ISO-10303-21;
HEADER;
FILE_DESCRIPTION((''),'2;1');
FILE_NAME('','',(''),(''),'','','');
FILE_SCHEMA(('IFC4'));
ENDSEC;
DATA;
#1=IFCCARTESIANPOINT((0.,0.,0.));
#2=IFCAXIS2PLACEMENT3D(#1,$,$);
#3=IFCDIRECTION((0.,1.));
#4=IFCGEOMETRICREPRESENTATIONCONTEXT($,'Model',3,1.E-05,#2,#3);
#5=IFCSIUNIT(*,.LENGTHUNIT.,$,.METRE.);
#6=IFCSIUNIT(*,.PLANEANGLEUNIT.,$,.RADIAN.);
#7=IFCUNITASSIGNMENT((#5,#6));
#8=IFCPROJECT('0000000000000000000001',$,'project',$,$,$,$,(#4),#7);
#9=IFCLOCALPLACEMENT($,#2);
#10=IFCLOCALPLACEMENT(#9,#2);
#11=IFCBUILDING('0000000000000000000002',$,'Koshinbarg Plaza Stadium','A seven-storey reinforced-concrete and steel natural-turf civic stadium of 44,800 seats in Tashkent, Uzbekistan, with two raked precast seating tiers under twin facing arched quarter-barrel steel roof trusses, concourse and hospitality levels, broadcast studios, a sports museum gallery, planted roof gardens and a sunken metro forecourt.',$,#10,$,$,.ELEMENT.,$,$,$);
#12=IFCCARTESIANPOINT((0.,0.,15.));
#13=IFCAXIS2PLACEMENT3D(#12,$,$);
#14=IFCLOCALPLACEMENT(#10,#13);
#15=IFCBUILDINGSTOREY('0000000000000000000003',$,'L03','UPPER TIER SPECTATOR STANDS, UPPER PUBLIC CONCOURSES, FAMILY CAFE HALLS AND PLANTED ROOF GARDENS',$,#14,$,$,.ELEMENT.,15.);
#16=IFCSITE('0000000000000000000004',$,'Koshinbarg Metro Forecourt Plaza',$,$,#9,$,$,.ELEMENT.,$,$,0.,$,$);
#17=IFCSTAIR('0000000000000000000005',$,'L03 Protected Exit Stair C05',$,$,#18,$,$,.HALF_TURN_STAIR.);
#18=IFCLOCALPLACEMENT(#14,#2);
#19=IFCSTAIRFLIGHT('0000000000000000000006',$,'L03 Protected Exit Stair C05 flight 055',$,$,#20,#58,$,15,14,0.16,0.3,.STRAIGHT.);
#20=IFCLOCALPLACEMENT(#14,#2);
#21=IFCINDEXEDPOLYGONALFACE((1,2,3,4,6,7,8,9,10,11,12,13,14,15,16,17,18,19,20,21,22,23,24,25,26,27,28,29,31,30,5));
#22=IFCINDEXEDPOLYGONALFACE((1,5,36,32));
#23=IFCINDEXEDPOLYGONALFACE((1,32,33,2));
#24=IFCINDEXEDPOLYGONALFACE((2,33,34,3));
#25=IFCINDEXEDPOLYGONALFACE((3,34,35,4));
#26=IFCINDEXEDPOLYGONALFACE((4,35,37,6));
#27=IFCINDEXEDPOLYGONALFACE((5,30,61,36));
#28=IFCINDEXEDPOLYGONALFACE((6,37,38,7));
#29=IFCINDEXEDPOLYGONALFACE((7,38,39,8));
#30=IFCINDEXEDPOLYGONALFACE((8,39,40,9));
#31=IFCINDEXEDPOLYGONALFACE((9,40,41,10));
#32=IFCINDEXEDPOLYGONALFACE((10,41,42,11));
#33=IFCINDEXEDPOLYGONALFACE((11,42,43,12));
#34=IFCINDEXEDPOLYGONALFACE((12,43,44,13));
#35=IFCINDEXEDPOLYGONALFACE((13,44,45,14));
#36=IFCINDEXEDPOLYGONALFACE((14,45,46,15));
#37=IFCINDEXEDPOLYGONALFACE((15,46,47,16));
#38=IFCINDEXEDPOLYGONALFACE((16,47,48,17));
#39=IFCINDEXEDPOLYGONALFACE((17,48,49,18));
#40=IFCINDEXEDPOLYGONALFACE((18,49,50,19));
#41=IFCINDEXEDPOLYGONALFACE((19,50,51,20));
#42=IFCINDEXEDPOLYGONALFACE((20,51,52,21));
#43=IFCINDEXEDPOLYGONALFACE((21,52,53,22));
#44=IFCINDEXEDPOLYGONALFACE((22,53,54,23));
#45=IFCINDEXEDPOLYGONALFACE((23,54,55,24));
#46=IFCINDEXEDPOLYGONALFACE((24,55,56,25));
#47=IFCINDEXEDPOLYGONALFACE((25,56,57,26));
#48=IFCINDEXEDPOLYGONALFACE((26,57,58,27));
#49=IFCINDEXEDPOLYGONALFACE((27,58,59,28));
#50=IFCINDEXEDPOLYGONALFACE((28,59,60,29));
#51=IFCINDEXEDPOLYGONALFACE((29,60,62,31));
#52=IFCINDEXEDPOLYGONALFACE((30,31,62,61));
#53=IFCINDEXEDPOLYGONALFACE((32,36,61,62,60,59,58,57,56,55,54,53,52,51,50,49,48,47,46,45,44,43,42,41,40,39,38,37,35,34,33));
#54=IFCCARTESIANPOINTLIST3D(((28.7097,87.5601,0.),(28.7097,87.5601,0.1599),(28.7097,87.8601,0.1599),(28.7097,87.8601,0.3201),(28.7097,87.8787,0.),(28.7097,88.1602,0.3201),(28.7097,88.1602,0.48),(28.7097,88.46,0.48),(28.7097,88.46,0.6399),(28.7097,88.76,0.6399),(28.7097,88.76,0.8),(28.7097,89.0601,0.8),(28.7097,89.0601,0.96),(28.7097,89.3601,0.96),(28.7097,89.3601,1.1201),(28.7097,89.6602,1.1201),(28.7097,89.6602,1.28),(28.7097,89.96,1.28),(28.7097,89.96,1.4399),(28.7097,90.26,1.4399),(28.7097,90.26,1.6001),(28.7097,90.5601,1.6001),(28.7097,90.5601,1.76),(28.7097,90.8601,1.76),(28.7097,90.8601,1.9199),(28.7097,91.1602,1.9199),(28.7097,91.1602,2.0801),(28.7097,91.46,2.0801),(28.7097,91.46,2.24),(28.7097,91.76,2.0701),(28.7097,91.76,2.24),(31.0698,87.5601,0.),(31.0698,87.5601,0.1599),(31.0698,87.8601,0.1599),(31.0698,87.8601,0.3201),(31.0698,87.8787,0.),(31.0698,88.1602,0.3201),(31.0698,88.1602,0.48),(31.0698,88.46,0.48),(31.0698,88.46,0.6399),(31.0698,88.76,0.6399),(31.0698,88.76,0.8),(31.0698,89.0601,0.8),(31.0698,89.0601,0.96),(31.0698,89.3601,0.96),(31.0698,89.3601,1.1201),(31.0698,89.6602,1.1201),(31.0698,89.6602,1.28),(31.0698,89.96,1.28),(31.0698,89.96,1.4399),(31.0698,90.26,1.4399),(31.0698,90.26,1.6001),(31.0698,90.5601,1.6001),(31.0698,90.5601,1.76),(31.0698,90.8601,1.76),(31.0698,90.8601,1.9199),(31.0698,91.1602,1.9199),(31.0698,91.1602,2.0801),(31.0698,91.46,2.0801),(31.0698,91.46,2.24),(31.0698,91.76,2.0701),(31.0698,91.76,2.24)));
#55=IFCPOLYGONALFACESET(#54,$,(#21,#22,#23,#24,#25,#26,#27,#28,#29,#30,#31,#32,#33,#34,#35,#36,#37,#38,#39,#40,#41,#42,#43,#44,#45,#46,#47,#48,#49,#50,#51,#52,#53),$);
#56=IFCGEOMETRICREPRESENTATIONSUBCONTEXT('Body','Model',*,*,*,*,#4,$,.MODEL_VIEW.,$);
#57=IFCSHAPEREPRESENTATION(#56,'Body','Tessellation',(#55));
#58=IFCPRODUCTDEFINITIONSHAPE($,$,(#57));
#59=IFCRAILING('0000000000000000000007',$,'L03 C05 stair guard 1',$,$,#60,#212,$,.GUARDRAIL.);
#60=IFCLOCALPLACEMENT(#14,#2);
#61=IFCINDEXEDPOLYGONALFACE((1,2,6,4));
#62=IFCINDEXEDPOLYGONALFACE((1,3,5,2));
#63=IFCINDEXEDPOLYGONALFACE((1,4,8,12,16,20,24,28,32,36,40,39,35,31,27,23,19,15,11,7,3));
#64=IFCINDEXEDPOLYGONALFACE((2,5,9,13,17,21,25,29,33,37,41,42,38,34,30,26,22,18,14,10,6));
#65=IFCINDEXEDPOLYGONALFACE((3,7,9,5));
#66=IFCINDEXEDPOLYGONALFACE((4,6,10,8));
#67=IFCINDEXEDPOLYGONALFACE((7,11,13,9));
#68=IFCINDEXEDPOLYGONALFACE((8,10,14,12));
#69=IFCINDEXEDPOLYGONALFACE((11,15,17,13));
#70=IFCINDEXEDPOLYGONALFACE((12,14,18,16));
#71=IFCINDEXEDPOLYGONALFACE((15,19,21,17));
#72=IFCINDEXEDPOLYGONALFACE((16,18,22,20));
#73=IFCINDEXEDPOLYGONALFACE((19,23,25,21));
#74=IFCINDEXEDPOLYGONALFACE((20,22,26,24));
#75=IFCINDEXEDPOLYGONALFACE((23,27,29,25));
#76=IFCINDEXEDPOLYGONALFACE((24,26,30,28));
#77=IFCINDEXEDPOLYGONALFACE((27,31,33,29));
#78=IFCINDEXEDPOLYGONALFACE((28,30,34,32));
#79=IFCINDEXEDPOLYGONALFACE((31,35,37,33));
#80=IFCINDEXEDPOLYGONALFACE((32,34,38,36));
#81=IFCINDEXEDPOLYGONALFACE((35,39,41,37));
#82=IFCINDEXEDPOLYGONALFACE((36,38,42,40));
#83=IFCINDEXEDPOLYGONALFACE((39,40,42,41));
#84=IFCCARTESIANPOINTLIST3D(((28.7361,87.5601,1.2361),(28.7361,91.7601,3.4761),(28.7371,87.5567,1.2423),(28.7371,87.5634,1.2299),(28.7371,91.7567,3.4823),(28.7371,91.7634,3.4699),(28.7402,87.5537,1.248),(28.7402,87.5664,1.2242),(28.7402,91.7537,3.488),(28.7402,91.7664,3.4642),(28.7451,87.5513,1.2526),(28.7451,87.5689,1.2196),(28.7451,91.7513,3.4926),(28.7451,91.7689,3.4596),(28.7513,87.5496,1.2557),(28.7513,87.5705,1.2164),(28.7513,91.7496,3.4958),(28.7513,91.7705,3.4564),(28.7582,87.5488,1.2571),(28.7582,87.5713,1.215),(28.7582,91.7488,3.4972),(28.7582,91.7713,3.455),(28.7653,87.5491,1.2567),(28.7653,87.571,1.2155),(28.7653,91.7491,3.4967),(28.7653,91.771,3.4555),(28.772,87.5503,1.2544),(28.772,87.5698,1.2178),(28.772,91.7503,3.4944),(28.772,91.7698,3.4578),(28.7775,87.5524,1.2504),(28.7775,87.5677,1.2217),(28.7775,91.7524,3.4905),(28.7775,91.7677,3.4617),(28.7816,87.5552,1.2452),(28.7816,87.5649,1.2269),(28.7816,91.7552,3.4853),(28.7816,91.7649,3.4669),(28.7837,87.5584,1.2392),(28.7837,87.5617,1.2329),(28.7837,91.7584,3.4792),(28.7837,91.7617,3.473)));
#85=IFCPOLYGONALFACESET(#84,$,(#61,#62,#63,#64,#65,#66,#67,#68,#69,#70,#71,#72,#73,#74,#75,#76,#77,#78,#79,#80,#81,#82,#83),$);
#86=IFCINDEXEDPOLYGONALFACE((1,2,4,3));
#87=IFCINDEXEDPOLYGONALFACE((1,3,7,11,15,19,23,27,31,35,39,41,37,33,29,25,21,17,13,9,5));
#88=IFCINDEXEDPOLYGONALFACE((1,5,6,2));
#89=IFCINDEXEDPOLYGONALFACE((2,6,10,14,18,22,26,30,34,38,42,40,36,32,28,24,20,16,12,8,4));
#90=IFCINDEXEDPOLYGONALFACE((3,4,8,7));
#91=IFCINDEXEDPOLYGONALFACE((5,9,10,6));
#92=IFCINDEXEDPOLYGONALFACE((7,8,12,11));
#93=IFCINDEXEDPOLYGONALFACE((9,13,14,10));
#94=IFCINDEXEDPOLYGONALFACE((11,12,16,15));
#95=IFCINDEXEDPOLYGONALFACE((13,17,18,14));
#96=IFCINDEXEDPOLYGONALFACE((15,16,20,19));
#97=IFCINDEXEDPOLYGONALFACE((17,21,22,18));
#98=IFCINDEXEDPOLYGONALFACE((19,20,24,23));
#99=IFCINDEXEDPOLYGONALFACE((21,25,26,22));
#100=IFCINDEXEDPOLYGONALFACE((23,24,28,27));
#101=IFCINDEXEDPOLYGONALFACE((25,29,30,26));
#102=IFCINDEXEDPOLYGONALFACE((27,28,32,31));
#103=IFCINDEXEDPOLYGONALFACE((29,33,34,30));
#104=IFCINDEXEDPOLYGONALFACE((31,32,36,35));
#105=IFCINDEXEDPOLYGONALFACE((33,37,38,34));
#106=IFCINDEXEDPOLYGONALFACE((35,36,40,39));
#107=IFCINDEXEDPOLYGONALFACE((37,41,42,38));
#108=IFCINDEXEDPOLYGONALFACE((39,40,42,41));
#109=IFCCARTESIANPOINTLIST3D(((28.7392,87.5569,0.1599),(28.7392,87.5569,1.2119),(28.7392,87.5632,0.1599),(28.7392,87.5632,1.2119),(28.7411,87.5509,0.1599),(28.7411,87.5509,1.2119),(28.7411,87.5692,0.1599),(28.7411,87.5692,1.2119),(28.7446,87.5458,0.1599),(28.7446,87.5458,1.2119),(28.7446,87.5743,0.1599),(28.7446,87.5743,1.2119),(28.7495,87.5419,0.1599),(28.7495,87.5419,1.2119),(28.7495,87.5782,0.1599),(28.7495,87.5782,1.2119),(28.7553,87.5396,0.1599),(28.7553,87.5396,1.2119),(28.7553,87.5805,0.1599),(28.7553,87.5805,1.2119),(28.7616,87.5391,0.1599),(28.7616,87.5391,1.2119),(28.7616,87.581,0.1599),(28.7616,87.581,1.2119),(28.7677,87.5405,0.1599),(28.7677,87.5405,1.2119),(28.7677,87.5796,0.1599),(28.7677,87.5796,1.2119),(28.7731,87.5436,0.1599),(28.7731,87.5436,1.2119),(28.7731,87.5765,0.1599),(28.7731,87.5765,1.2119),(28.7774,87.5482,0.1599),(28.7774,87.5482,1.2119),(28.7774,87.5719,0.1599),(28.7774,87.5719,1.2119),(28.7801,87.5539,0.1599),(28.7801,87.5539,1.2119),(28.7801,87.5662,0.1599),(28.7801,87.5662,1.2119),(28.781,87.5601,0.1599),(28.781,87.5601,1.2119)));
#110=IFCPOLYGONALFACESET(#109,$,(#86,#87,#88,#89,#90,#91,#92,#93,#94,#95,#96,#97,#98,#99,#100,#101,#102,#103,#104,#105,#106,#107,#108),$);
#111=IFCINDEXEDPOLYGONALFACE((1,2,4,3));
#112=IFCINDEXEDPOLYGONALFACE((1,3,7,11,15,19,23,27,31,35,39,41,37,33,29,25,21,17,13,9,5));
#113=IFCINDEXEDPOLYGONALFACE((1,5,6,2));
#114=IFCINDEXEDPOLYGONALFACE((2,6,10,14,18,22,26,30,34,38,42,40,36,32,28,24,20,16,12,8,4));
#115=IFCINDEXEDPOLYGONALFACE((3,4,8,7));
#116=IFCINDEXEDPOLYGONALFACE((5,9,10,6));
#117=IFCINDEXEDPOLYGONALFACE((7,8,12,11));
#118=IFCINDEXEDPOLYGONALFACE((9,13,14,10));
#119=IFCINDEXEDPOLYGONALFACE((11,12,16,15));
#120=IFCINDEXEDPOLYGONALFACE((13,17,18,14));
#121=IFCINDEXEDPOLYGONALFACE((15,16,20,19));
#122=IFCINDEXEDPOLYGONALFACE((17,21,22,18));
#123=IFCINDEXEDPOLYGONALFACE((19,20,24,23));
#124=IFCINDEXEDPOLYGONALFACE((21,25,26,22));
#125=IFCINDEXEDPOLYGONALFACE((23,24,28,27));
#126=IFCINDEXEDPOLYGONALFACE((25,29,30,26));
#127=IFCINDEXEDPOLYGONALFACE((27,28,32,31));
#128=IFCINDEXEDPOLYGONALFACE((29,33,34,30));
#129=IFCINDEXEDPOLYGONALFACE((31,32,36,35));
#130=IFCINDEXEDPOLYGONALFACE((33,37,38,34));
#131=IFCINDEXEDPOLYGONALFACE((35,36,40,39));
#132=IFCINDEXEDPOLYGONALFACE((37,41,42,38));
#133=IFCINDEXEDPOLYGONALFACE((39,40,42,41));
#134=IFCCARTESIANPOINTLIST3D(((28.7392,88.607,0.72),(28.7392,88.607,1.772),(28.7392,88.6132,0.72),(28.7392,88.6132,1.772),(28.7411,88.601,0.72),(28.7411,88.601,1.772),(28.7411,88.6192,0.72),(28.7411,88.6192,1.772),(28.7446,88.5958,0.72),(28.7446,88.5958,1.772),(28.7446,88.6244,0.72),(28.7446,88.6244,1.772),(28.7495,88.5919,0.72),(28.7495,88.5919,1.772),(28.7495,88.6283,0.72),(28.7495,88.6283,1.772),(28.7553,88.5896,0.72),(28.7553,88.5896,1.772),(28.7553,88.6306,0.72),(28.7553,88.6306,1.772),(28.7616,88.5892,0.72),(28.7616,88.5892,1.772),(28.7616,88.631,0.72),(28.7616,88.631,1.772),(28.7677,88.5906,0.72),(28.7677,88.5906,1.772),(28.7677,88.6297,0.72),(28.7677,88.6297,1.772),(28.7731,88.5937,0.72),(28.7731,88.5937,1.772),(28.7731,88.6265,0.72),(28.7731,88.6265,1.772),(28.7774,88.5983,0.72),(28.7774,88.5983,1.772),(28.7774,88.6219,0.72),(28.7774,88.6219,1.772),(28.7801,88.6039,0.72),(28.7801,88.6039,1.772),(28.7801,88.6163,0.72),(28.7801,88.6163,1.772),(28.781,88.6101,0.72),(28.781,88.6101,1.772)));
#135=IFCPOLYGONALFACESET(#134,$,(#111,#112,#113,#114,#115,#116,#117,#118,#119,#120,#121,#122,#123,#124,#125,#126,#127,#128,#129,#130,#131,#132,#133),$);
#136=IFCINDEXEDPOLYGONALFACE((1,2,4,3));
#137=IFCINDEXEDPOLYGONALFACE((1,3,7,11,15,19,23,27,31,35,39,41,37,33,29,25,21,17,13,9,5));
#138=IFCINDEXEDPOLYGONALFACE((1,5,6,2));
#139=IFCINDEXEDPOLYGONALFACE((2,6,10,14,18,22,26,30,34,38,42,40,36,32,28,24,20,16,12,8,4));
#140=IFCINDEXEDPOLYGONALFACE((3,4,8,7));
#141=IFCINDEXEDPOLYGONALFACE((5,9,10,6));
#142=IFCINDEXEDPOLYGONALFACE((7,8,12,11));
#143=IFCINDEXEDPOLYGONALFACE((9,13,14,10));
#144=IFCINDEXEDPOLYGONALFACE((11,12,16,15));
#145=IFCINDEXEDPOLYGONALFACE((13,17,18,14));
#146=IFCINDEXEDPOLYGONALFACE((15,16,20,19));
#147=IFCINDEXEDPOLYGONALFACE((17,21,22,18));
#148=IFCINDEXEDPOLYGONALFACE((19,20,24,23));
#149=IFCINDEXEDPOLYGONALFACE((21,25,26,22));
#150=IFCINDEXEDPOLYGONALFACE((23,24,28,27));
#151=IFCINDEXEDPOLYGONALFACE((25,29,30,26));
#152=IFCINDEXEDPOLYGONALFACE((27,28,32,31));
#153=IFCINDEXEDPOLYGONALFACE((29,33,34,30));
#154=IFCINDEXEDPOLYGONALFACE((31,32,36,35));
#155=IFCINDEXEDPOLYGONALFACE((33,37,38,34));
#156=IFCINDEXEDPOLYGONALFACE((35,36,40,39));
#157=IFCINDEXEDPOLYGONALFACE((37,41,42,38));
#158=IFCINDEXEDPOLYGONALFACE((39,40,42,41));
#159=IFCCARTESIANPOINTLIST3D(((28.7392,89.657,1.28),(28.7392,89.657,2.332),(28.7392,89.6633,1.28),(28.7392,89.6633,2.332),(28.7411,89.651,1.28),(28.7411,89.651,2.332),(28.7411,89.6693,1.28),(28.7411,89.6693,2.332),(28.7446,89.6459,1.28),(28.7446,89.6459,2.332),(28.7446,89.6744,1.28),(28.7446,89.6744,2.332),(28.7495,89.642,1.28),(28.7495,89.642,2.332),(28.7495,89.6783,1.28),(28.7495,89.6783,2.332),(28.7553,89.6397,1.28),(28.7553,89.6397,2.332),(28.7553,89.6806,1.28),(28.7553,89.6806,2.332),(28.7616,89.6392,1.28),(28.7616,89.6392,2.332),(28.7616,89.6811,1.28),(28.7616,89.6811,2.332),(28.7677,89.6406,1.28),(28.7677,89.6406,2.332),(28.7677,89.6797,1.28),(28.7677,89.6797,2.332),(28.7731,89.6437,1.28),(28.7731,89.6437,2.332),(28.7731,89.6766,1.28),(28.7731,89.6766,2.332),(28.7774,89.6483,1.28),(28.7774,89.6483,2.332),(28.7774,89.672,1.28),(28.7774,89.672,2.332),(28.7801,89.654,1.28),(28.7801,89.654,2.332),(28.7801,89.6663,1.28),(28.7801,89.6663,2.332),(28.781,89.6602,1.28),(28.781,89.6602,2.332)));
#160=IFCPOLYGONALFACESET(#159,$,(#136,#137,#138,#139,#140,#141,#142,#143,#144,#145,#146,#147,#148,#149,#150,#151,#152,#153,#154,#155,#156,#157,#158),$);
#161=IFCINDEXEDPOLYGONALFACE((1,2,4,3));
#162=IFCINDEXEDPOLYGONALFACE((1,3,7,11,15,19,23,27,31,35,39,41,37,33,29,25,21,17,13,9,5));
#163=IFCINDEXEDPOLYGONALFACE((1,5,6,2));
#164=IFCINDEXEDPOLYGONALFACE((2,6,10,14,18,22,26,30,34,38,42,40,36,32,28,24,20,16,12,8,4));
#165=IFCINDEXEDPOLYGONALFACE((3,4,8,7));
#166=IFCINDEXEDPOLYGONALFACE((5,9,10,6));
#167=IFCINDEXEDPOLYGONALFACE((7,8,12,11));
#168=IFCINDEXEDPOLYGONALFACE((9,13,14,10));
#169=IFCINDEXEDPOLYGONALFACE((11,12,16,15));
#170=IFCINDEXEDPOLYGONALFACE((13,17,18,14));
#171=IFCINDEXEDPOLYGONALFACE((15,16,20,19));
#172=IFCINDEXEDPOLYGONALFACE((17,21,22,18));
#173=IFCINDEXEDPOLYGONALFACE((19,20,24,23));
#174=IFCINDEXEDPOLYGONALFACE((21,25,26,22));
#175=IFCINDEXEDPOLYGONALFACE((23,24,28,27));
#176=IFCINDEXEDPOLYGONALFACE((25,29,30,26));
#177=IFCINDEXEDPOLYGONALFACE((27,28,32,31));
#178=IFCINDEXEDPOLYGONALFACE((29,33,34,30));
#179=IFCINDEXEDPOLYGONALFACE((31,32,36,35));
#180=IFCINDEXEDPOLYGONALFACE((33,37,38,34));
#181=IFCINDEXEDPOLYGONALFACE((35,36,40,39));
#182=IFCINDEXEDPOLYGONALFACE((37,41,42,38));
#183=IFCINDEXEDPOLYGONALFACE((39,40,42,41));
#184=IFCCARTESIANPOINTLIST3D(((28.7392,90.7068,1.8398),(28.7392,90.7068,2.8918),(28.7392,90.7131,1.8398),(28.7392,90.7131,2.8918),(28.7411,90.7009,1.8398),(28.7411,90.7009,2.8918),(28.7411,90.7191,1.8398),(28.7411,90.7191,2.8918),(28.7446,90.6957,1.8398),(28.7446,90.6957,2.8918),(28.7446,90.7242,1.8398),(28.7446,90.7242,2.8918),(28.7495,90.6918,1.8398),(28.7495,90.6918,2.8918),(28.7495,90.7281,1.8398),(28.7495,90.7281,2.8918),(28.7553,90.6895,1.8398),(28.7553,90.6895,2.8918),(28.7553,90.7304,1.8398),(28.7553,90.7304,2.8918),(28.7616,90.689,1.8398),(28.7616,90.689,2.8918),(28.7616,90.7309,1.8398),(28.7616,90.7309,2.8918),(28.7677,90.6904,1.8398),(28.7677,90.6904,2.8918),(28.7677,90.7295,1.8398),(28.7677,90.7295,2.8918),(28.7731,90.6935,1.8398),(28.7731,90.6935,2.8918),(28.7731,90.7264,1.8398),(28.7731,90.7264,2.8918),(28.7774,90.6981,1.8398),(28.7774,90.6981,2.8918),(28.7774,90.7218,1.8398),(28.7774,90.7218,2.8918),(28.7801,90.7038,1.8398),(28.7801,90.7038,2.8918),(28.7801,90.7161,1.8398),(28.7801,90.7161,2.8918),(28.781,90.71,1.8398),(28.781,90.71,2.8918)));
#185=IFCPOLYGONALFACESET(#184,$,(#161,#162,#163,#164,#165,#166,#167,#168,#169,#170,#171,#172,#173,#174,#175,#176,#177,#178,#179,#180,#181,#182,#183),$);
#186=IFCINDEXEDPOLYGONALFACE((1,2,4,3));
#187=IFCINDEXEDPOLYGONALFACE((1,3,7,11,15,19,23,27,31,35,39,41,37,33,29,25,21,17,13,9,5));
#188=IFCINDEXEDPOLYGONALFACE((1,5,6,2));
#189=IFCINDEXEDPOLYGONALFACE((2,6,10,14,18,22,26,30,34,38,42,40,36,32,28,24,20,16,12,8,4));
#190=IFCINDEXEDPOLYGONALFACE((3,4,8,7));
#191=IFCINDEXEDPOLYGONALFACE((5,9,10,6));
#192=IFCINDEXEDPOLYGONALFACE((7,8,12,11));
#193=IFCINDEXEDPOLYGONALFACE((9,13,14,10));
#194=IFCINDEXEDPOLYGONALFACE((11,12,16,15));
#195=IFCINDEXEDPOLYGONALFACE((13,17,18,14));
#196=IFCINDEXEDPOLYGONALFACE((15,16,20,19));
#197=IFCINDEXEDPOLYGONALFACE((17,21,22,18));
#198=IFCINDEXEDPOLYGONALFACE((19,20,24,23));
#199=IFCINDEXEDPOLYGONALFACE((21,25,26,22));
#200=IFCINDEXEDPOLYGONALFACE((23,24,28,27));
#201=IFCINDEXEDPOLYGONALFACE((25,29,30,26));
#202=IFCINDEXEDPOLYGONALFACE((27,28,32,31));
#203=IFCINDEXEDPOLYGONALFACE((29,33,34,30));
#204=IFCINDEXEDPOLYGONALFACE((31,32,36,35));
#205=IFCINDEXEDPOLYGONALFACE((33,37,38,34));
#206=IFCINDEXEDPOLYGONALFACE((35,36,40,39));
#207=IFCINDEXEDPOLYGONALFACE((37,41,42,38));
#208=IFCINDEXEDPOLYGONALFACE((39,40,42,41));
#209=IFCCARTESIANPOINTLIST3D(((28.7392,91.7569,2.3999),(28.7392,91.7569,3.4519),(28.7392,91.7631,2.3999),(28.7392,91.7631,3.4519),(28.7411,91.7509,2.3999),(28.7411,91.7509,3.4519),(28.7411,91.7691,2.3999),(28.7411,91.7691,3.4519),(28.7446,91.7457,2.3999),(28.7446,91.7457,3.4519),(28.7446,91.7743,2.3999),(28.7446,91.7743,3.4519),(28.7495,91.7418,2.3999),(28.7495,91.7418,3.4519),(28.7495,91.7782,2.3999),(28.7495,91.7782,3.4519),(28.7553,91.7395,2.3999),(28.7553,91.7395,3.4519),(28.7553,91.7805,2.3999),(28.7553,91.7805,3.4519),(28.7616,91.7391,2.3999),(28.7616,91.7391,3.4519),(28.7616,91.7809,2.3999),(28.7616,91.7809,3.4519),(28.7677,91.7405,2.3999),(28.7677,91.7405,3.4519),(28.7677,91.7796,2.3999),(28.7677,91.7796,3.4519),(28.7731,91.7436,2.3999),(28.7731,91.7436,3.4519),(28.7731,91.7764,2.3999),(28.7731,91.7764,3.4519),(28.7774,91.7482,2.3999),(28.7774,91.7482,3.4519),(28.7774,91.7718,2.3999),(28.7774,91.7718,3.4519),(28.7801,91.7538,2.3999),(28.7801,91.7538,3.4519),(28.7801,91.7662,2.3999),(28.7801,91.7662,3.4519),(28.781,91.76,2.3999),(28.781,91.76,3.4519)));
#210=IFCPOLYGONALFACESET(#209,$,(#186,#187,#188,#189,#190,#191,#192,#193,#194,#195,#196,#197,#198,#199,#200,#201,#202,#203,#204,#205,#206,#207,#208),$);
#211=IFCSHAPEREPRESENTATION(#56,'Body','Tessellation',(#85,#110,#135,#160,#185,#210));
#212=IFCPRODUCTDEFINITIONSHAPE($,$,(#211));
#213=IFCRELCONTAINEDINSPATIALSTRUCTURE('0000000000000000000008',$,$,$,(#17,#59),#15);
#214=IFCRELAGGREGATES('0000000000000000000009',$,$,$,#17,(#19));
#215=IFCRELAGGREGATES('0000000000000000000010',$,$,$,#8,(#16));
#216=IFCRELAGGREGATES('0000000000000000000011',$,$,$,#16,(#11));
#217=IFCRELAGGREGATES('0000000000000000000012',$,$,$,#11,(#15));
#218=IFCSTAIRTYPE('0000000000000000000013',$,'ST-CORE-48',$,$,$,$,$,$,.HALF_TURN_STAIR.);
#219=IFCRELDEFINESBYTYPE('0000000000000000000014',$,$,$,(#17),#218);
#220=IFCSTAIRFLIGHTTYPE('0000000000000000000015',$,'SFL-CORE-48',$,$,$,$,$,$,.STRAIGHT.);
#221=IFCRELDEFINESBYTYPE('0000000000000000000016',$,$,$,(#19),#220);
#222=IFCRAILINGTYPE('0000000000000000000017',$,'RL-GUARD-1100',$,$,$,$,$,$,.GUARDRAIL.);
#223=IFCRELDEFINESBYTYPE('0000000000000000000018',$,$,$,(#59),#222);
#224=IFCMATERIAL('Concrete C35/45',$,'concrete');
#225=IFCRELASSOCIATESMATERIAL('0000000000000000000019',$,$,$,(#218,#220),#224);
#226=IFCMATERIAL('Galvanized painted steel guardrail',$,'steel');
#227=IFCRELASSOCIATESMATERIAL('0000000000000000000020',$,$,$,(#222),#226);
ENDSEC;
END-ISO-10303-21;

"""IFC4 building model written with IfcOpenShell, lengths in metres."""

from ifc_helpers import new_model, si_unit, direction, frame, origin, origin_2d, place, context, subcontext, project, spatial, polyline, circle, outline, extrude, material, type_object, element, aggregate, save


model = new_model("IFC4")

# Units and contexts
model_context = context("Model", 3, precision=1e-05, world=origin(), true_north=direction((0.0, 1.0)))
body_context = subcontext(model_context, "Body", "Model", "MODEL_VIEW")
ifc_project = project(units=[si_unit("LENGTHUNIT", "METRE"), si_unit("PLANEANGLEUNIT", "RADIAN")], contexts=[model_context])

# Site, building, storey
site_placement = place(None, origin())
site = spatial("IfcSite", under=ifc_project, at=site_placement, Name="Koshinbarg Metro Forecourt Plaza", CompositionType="ELEMENT", RefElevation=0.0)
building_placement = place(site_placement, origin())
building = spatial("IfcBuilding", under=site, at=building_placement, Name="Koshinbarg Plaza Stadium", Description="A seven-storey reinforced-concrete and steel natural-turf civic stadium of 44,800 seats in Tashkent, Uzbekistan, with two raked precast seating tiers under twin facing arched quarter-barrel steel roof trusses, concourse and hospitality levels, broadcast studios, a sports museum gallery, planted roof gardens and a sunken metro forecourt.", CompositionType="ELEMENT")
storey_placement = place(building_placement, frame((0.0, 0.0, 15.0)))
storey = spatial("IfcBuildingStorey", under=building, at=storey_placement, Name="L03", Description="UPPER TIER SPECTATOR STANDS, UPPER PUBLIC CONCOURSES, FAMILY CAFE HALLS AND PLANTED ROOF GARDENS", CompositionType="ELEMENT", Elevation=15.0)

# Stair, stair flight
ifc_material_1 = material(Name="Concrete C35/45", Category="concrete")
stair_type = type_object("IfcStairType", Name="ST-CORE-48", PredefinedType="HALF_TURN_STAIR", material=ifc_material_1)
stair_placement = place(storey_placement, origin())
stair = element("IfcStair", 1, at=stair_placement, inside=storey, type_object=stair_type, Name="L03 Protected Exit Stair C05", PredefinedType="HALF_TURN_STAIR")
stair_flight_type = type_object("IfcStairFlightType", Name="SFL-CORE-48", PredefinedType="STRAIGHT", material=ifc_material_1)
stair_flight_placement = place(storey_placement, frame((29.8899, 87.5601, 0.0), z_axis=(0.0, 0.0, 1.0), x_axis=(0.0, 1.0, 0.0)))
stair_flight = element("IfcStairFlight", 2, at=stair_flight_placement, type_object=stair_flight_type, Name="L03 Protected Exit Stair C05 flight 055", NumberOfRisers=15, NumberOfTreads=14, PredefinedType="STRAIGHT", RiserHeight=0.16, TreadLength=0.3, context=body_context, shape_type="SweptSolid", body=[
    extrude(outline(polyline([(0.0, 0.0), (0.0, 0.1599), (0.3, 0.1599), (0.3, 0.3201), (0.6001, 0.3201), (0.6001, 0.48), (0.8999, 0.48), (0.8999, 0.6399), (1.2, 0.6399), (1.2, 0.8), (1.5, 0.8), (1.5, 0.96), (1.8, 0.96), (1.8, 1.1201), (2.1001, 1.1201), (2.1001, 1.28), (2.3999, 1.28), (2.3999, 1.4399), (2.7, 1.4399), (2.7, 1.6001), (3.0, 1.6001), (3.0, 1.76), (3.3, 1.76), (3.3, 1.9199), (3.6001, 1.9199), (3.6001, 2.0801), (3.8999, 2.0801), (3.8999, 2.24), (4.2, 2.24), (4.2, 2.3999), (4.2, 2.0701), (0.3186, 0.0), (0.0, 0.0)])), frame((0.0, 1.1802, 0.0), z_axis=(0.0, -1.0, 0.0), x_axis=(1.0, 0.0, 0.0)), (0.0, 0.0, 1.0), 2.3601),
])
aggregate(stair, [stair_flight])

# Railing
ifc_material_2 = material(Name="Galvanized painted steel guardrail", Category="steel")
railing_type_1 = type_object("IfcRailingType", Name="RL-GUARD-1100", PredefinedType="GUARDRAIL", material=ifc_material_2)
railing_1_placement = place(storey_placement, frame((28.76, 87.5601, 0.1599)))
element("IfcRailing", 3, at=railing_1_placement, inside=storey, type_object=railing_type_1, Name="L03 C05 stair guard 1", PredefinedType="GUARDRAIL", context=body_context, shape_type="SweptSolid", body=[
    extrude(circle(Radius=0.0239, at=origin_2d()), frame((0.0, 0.0, 1.0762), z_axis=(0.0, 0.882352, 0.470591), x_axis=(-1.0, 0.0, 0.0)), (0.0, 0.0, 1.0), 4.76),
    extrude(circle(Radius=0.021, at=origin_2d()), origin(), (0.0, 0.0, 1.0), 1.052),
    extrude(circle(Radius=0.021, at=origin_2d()), frame((0.0, 1.05, 0.5601)), (0.0, 0.0, 1.0), 1.052),
    extrude(circle(Radius=0.021, at=origin_2d()), frame((0.0, 2.1001, 1.1201)), (0.0, 0.0, 1.0), 1.052),
    extrude(circle(Radius=0.021, at=origin_2d()), frame((0.0, 3.1499, 1.6799)), (0.0, 0.0, 1.0), 1.052),
    extrude(circle(Radius=0.021, at=origin_2d()), frame((0.0, 4.2, 2.24)), (0.0, 0.0, 1.0), 1.052),
])

save(model, "model.ifc")
